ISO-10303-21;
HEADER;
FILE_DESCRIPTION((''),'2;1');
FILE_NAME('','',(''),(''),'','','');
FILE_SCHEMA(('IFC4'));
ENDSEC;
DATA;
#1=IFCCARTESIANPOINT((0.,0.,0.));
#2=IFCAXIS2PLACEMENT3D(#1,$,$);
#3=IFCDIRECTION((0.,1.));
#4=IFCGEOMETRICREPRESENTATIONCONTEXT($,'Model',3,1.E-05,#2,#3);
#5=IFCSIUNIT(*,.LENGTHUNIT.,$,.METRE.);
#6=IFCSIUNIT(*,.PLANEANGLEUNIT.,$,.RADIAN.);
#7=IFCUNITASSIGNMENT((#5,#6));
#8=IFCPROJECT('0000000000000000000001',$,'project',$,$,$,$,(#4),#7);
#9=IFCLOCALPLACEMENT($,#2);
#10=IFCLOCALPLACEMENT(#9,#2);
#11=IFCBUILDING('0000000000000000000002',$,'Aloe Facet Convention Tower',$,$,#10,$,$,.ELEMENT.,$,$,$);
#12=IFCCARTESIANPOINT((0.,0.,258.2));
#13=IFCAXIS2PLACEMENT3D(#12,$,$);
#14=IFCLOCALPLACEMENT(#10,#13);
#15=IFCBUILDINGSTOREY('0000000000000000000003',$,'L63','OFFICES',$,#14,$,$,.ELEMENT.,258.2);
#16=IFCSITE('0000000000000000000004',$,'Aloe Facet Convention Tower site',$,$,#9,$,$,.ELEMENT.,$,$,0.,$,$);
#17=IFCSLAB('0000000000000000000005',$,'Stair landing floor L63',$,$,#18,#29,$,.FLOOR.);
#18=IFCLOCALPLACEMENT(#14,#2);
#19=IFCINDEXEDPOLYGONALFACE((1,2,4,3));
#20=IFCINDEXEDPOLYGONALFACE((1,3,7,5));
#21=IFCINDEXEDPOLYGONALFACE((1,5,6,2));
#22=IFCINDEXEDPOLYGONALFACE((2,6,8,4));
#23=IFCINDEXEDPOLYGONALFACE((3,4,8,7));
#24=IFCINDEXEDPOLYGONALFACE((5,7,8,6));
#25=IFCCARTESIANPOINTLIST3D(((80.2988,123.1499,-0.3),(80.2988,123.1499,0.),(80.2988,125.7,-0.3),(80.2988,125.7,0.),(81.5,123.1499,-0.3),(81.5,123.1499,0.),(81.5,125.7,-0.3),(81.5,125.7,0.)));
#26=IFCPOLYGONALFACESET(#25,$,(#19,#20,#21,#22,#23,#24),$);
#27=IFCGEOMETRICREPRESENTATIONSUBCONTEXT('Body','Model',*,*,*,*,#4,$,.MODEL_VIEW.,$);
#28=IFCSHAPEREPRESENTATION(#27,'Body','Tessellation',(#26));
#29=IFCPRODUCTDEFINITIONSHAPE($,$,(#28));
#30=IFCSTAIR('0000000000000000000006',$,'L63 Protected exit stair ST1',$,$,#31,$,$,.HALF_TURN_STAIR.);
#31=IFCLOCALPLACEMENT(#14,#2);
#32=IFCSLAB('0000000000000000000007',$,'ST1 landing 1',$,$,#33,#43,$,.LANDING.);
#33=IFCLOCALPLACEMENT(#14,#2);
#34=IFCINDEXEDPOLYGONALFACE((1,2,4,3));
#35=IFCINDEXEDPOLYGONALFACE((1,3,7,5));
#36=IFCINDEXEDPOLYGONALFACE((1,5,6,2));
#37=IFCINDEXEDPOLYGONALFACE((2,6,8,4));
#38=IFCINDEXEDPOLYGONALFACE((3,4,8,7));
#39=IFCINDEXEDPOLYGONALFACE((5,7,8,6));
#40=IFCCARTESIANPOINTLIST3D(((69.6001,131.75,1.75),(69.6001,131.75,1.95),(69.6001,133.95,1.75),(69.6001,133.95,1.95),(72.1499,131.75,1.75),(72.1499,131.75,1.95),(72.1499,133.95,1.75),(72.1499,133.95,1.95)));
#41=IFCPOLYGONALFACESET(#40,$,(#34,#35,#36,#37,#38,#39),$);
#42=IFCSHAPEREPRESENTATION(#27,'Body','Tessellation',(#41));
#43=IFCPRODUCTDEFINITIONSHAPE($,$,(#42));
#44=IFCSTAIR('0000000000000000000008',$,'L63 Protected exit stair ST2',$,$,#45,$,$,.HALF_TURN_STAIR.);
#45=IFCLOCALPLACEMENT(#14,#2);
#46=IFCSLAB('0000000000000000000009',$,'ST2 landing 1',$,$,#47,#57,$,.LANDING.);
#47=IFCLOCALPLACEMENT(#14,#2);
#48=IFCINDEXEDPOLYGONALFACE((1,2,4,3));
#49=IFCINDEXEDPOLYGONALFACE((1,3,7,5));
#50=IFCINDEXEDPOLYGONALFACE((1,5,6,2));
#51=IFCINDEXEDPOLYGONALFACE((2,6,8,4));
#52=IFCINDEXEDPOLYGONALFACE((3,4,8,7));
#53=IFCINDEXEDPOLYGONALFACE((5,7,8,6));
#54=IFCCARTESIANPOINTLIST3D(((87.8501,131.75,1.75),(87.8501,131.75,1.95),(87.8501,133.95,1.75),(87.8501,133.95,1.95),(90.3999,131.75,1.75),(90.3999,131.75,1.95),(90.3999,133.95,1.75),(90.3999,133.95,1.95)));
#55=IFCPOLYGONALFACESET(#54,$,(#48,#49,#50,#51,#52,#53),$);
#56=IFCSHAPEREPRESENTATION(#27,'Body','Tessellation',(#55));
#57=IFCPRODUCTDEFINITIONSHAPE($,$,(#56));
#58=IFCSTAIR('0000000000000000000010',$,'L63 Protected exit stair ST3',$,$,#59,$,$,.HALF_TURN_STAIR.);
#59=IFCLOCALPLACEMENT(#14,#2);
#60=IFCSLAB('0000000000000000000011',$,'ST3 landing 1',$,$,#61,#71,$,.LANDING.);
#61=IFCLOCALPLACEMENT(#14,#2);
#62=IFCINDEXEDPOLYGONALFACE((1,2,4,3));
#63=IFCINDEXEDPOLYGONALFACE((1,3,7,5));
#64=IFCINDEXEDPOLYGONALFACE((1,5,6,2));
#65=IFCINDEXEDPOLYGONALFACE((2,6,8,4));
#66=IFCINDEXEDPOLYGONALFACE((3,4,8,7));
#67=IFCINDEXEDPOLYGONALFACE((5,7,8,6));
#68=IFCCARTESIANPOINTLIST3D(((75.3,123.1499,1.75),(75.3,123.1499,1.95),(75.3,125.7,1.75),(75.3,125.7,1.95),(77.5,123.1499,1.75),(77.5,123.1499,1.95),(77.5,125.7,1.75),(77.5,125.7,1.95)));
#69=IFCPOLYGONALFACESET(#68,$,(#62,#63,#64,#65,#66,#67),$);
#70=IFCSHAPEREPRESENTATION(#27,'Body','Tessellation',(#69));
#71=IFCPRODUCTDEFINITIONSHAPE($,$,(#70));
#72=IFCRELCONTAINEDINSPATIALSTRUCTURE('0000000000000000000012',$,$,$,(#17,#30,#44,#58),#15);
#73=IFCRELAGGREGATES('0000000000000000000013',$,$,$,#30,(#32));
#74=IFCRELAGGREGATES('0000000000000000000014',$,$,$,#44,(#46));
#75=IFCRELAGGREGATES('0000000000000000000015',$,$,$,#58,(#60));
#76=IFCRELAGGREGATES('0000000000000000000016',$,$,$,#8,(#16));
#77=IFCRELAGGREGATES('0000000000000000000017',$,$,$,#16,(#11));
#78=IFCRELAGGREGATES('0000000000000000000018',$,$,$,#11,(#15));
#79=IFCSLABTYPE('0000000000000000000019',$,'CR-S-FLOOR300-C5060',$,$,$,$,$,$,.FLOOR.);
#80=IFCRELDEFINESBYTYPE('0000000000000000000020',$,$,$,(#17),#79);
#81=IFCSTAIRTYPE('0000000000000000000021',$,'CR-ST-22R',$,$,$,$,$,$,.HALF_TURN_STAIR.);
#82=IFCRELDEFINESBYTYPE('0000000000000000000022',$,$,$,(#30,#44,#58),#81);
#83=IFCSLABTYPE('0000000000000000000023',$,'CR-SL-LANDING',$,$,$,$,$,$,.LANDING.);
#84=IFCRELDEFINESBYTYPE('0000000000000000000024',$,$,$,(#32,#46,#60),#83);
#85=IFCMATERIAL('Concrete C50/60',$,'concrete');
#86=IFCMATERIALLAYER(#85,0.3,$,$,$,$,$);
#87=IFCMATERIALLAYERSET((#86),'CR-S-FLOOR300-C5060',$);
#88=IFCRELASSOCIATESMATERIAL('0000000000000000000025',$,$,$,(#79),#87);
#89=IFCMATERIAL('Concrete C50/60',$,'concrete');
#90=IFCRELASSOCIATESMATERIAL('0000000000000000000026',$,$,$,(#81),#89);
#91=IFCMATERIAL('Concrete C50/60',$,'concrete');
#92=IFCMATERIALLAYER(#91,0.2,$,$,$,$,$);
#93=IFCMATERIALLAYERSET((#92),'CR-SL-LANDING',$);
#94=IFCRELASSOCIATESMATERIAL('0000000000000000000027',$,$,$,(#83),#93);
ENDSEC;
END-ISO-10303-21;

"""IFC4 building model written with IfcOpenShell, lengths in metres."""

from ifc_helpers import new_model, si_unit, direction, frame, origin, place, context, subcontext, project, spatial, polyline, outline, extrude, material, layer, layer_set, type_object, element, aggregate, save


model = new_model("IFC4")

# Units and contexts
model_context = context("Model", 3, precision=1e-05, world=origin(), true_north=direction((0.0, 1.0)))
body_context = subcontext(model_context, "Body", "Model", "MODEL_VIEW")
ifc_project = project(units=[si_unit("LENGTHUNIT", "METRE"), si_unit("PLANEANGLEUNIT", "RADIAN")], contexts=[model_context])

# Site, building, storey
site_placement = place(None, origin())
site = spatial("IfcSite", under=ifc_project, at=site_placement, Name="Aloe Facet Convention Tower site", CompositionType="ELEMENT", RefElevation=0.0)
building_placement = place(site_placement, origin())
building = spatial("IfcBuilding", under=site, at=building_placement, Name="Aloe Facet Convention Tower", CompositionType="ELEMENT")
storey_placement = place(building_placement, frame((0.0, 0.0, 258.2)))
storey = spatial("IfcBuildingStorey", under=building, at=storey_placement, Name="L63", Description="OFFICES", CompositionType="ELEMENT", Elevation=258.2)

# Slab
ifc_material_1 = material(Name="Concrete C50/60", Category="concrete")
ifc_layer_1 = layer(ifc_material_1, 0.3)
ifc_layer_set_1 = layer_set([ifc_layer_1], Name="CR-S-FLOOR300-C5060")
slab_type_1 = type_object("IfcSlabType", Name="CR-S-FLOOR300-C5060", PredefinedType="FLOOR", material=ifc_layer_set_1)
slab_1_placement = place(storey_placement, frame((0.0, 0.0, -0.3)))
element("IfcSlab", 1, at=slab_1_placement, inside=storey, type_object=slab_type_1, Name="Stair landing floor L63", PredefinedType="FLOOR", context=body_context, shape_type="SweptSolid", body=[
    extrude(outline(polyline([(81.5, 125.7), (80.2988, 125.7), (80.2988, 123.1499), (81.5, 123.1499), (81.5, 125.7)])), origin(), (0.0, 0.0, 1.0), 0.3),
])

# Stairs, slabs
ifc_material_2 = material(Name="Concrete C50/60", Category="concrete")
stair_type = type_object("IfcStairType", Name="CR-ST-22R", PredefinedType="HALF_TURN_STAIR", material=ifc_material_2)
stair_1_placement = place(storey_placement, origin())
stair_1 = element("IfcStair", 2, at=stair_1_placement, inside=storey, type_object=stair_type, Name="L63 Protected exit stair ST1", PredefinedType="HALF_TURN_STAIR")
ifc_material_3 = material(Name="Concrete C50/60", Category="concrete")
ifc_layer_2 = layer(ifc_material_3, 0.2)
ifc_layer_set_2 = layer_set([ifc_layer_2], Name="CR-SL-LANDING")
slab_type_2 = type_object("IfcSlabType", Name="CR-SL-LANDING", PredefinedType="LANDING", material=ifc_layer_set_2)
slab_2_placement = place(storey_placement, frame((0.0, 0.0, 1.75)))
slab_2 = element("IfcSlab", 3, at=slab_2_placement, type_object=slab_type_2, Name="ST1 landing 1", PredefinedType="LANDING", context=body_context, shape_type="SweptSolid", body=[
    extrude(outline(polyline([(72.1499, 131.75), (72.1499, 133.95), (69.6001, 133.95), (69.6001, 131.75), (72.1499, 131.75)])), origin(), (0.0, 0.0, 1.0), 0.2),
])
aggregate(stair_1, [slab_2])
stair_2_placement = place(storey_placement, origin())
stair_2 = element("IfcStair", 4, at=stair_2_placement, inside=storey, type_object=stair_type, Name="L63 Protected exit stair ST2", PredefinedType="HALF_TURN_STAIR")
slab_3_placement = place(storey_placement, frame((0.0, 0.0, 1.75)))
slab_3 = element("IfcSlab", 5, at=slab_3_placement, type_object=slab_type_2, Name="ST2 landing 1", PredefinedType="LANDING", context=body_context, shape_type="SweptSolid", body=[
    extrude(outline(polyline([(90.3999, 131.75), (90.3999, 133.95), (87.8501, 133.95), (87.8501, 131.75), (90.3999, 131.75)])), origin(), (0.0, 0.0, 1.0), 0.2),
])
aggregate(stair_2, [slab_3])
stair_3_placement = place(storey_placement, origin())
stair_3 = element("IfcStair", 6, at=stair_3_placement, inside=storey, type_object=stair_type, Name="L63 Protected exit stair ST3", PredefinedType="HALF_TURN_STAIR")
slab_4_placement = place(storey_placement, frame((0.0, 0.0, 1.75)))
slab_4 = element("IfcSlab", 7, at=slab_4_placement, type_object=slab_type_2, Name="ST3 landing 1", PredefinedType="LANDING", context=body_context, shape_type="SweptSolid", body=[
    extrude(outline(polyline([(77.5, 125.7), (75.3, 125.7), (75.3, 123.1499), (77.5, 123.1499), (77.5, 125.7)])), origin(), (0.0, 0.0, 1.0), 0.2),
])
aggregate(stair_3, [slab_4])

save(model, "model.ifc")
